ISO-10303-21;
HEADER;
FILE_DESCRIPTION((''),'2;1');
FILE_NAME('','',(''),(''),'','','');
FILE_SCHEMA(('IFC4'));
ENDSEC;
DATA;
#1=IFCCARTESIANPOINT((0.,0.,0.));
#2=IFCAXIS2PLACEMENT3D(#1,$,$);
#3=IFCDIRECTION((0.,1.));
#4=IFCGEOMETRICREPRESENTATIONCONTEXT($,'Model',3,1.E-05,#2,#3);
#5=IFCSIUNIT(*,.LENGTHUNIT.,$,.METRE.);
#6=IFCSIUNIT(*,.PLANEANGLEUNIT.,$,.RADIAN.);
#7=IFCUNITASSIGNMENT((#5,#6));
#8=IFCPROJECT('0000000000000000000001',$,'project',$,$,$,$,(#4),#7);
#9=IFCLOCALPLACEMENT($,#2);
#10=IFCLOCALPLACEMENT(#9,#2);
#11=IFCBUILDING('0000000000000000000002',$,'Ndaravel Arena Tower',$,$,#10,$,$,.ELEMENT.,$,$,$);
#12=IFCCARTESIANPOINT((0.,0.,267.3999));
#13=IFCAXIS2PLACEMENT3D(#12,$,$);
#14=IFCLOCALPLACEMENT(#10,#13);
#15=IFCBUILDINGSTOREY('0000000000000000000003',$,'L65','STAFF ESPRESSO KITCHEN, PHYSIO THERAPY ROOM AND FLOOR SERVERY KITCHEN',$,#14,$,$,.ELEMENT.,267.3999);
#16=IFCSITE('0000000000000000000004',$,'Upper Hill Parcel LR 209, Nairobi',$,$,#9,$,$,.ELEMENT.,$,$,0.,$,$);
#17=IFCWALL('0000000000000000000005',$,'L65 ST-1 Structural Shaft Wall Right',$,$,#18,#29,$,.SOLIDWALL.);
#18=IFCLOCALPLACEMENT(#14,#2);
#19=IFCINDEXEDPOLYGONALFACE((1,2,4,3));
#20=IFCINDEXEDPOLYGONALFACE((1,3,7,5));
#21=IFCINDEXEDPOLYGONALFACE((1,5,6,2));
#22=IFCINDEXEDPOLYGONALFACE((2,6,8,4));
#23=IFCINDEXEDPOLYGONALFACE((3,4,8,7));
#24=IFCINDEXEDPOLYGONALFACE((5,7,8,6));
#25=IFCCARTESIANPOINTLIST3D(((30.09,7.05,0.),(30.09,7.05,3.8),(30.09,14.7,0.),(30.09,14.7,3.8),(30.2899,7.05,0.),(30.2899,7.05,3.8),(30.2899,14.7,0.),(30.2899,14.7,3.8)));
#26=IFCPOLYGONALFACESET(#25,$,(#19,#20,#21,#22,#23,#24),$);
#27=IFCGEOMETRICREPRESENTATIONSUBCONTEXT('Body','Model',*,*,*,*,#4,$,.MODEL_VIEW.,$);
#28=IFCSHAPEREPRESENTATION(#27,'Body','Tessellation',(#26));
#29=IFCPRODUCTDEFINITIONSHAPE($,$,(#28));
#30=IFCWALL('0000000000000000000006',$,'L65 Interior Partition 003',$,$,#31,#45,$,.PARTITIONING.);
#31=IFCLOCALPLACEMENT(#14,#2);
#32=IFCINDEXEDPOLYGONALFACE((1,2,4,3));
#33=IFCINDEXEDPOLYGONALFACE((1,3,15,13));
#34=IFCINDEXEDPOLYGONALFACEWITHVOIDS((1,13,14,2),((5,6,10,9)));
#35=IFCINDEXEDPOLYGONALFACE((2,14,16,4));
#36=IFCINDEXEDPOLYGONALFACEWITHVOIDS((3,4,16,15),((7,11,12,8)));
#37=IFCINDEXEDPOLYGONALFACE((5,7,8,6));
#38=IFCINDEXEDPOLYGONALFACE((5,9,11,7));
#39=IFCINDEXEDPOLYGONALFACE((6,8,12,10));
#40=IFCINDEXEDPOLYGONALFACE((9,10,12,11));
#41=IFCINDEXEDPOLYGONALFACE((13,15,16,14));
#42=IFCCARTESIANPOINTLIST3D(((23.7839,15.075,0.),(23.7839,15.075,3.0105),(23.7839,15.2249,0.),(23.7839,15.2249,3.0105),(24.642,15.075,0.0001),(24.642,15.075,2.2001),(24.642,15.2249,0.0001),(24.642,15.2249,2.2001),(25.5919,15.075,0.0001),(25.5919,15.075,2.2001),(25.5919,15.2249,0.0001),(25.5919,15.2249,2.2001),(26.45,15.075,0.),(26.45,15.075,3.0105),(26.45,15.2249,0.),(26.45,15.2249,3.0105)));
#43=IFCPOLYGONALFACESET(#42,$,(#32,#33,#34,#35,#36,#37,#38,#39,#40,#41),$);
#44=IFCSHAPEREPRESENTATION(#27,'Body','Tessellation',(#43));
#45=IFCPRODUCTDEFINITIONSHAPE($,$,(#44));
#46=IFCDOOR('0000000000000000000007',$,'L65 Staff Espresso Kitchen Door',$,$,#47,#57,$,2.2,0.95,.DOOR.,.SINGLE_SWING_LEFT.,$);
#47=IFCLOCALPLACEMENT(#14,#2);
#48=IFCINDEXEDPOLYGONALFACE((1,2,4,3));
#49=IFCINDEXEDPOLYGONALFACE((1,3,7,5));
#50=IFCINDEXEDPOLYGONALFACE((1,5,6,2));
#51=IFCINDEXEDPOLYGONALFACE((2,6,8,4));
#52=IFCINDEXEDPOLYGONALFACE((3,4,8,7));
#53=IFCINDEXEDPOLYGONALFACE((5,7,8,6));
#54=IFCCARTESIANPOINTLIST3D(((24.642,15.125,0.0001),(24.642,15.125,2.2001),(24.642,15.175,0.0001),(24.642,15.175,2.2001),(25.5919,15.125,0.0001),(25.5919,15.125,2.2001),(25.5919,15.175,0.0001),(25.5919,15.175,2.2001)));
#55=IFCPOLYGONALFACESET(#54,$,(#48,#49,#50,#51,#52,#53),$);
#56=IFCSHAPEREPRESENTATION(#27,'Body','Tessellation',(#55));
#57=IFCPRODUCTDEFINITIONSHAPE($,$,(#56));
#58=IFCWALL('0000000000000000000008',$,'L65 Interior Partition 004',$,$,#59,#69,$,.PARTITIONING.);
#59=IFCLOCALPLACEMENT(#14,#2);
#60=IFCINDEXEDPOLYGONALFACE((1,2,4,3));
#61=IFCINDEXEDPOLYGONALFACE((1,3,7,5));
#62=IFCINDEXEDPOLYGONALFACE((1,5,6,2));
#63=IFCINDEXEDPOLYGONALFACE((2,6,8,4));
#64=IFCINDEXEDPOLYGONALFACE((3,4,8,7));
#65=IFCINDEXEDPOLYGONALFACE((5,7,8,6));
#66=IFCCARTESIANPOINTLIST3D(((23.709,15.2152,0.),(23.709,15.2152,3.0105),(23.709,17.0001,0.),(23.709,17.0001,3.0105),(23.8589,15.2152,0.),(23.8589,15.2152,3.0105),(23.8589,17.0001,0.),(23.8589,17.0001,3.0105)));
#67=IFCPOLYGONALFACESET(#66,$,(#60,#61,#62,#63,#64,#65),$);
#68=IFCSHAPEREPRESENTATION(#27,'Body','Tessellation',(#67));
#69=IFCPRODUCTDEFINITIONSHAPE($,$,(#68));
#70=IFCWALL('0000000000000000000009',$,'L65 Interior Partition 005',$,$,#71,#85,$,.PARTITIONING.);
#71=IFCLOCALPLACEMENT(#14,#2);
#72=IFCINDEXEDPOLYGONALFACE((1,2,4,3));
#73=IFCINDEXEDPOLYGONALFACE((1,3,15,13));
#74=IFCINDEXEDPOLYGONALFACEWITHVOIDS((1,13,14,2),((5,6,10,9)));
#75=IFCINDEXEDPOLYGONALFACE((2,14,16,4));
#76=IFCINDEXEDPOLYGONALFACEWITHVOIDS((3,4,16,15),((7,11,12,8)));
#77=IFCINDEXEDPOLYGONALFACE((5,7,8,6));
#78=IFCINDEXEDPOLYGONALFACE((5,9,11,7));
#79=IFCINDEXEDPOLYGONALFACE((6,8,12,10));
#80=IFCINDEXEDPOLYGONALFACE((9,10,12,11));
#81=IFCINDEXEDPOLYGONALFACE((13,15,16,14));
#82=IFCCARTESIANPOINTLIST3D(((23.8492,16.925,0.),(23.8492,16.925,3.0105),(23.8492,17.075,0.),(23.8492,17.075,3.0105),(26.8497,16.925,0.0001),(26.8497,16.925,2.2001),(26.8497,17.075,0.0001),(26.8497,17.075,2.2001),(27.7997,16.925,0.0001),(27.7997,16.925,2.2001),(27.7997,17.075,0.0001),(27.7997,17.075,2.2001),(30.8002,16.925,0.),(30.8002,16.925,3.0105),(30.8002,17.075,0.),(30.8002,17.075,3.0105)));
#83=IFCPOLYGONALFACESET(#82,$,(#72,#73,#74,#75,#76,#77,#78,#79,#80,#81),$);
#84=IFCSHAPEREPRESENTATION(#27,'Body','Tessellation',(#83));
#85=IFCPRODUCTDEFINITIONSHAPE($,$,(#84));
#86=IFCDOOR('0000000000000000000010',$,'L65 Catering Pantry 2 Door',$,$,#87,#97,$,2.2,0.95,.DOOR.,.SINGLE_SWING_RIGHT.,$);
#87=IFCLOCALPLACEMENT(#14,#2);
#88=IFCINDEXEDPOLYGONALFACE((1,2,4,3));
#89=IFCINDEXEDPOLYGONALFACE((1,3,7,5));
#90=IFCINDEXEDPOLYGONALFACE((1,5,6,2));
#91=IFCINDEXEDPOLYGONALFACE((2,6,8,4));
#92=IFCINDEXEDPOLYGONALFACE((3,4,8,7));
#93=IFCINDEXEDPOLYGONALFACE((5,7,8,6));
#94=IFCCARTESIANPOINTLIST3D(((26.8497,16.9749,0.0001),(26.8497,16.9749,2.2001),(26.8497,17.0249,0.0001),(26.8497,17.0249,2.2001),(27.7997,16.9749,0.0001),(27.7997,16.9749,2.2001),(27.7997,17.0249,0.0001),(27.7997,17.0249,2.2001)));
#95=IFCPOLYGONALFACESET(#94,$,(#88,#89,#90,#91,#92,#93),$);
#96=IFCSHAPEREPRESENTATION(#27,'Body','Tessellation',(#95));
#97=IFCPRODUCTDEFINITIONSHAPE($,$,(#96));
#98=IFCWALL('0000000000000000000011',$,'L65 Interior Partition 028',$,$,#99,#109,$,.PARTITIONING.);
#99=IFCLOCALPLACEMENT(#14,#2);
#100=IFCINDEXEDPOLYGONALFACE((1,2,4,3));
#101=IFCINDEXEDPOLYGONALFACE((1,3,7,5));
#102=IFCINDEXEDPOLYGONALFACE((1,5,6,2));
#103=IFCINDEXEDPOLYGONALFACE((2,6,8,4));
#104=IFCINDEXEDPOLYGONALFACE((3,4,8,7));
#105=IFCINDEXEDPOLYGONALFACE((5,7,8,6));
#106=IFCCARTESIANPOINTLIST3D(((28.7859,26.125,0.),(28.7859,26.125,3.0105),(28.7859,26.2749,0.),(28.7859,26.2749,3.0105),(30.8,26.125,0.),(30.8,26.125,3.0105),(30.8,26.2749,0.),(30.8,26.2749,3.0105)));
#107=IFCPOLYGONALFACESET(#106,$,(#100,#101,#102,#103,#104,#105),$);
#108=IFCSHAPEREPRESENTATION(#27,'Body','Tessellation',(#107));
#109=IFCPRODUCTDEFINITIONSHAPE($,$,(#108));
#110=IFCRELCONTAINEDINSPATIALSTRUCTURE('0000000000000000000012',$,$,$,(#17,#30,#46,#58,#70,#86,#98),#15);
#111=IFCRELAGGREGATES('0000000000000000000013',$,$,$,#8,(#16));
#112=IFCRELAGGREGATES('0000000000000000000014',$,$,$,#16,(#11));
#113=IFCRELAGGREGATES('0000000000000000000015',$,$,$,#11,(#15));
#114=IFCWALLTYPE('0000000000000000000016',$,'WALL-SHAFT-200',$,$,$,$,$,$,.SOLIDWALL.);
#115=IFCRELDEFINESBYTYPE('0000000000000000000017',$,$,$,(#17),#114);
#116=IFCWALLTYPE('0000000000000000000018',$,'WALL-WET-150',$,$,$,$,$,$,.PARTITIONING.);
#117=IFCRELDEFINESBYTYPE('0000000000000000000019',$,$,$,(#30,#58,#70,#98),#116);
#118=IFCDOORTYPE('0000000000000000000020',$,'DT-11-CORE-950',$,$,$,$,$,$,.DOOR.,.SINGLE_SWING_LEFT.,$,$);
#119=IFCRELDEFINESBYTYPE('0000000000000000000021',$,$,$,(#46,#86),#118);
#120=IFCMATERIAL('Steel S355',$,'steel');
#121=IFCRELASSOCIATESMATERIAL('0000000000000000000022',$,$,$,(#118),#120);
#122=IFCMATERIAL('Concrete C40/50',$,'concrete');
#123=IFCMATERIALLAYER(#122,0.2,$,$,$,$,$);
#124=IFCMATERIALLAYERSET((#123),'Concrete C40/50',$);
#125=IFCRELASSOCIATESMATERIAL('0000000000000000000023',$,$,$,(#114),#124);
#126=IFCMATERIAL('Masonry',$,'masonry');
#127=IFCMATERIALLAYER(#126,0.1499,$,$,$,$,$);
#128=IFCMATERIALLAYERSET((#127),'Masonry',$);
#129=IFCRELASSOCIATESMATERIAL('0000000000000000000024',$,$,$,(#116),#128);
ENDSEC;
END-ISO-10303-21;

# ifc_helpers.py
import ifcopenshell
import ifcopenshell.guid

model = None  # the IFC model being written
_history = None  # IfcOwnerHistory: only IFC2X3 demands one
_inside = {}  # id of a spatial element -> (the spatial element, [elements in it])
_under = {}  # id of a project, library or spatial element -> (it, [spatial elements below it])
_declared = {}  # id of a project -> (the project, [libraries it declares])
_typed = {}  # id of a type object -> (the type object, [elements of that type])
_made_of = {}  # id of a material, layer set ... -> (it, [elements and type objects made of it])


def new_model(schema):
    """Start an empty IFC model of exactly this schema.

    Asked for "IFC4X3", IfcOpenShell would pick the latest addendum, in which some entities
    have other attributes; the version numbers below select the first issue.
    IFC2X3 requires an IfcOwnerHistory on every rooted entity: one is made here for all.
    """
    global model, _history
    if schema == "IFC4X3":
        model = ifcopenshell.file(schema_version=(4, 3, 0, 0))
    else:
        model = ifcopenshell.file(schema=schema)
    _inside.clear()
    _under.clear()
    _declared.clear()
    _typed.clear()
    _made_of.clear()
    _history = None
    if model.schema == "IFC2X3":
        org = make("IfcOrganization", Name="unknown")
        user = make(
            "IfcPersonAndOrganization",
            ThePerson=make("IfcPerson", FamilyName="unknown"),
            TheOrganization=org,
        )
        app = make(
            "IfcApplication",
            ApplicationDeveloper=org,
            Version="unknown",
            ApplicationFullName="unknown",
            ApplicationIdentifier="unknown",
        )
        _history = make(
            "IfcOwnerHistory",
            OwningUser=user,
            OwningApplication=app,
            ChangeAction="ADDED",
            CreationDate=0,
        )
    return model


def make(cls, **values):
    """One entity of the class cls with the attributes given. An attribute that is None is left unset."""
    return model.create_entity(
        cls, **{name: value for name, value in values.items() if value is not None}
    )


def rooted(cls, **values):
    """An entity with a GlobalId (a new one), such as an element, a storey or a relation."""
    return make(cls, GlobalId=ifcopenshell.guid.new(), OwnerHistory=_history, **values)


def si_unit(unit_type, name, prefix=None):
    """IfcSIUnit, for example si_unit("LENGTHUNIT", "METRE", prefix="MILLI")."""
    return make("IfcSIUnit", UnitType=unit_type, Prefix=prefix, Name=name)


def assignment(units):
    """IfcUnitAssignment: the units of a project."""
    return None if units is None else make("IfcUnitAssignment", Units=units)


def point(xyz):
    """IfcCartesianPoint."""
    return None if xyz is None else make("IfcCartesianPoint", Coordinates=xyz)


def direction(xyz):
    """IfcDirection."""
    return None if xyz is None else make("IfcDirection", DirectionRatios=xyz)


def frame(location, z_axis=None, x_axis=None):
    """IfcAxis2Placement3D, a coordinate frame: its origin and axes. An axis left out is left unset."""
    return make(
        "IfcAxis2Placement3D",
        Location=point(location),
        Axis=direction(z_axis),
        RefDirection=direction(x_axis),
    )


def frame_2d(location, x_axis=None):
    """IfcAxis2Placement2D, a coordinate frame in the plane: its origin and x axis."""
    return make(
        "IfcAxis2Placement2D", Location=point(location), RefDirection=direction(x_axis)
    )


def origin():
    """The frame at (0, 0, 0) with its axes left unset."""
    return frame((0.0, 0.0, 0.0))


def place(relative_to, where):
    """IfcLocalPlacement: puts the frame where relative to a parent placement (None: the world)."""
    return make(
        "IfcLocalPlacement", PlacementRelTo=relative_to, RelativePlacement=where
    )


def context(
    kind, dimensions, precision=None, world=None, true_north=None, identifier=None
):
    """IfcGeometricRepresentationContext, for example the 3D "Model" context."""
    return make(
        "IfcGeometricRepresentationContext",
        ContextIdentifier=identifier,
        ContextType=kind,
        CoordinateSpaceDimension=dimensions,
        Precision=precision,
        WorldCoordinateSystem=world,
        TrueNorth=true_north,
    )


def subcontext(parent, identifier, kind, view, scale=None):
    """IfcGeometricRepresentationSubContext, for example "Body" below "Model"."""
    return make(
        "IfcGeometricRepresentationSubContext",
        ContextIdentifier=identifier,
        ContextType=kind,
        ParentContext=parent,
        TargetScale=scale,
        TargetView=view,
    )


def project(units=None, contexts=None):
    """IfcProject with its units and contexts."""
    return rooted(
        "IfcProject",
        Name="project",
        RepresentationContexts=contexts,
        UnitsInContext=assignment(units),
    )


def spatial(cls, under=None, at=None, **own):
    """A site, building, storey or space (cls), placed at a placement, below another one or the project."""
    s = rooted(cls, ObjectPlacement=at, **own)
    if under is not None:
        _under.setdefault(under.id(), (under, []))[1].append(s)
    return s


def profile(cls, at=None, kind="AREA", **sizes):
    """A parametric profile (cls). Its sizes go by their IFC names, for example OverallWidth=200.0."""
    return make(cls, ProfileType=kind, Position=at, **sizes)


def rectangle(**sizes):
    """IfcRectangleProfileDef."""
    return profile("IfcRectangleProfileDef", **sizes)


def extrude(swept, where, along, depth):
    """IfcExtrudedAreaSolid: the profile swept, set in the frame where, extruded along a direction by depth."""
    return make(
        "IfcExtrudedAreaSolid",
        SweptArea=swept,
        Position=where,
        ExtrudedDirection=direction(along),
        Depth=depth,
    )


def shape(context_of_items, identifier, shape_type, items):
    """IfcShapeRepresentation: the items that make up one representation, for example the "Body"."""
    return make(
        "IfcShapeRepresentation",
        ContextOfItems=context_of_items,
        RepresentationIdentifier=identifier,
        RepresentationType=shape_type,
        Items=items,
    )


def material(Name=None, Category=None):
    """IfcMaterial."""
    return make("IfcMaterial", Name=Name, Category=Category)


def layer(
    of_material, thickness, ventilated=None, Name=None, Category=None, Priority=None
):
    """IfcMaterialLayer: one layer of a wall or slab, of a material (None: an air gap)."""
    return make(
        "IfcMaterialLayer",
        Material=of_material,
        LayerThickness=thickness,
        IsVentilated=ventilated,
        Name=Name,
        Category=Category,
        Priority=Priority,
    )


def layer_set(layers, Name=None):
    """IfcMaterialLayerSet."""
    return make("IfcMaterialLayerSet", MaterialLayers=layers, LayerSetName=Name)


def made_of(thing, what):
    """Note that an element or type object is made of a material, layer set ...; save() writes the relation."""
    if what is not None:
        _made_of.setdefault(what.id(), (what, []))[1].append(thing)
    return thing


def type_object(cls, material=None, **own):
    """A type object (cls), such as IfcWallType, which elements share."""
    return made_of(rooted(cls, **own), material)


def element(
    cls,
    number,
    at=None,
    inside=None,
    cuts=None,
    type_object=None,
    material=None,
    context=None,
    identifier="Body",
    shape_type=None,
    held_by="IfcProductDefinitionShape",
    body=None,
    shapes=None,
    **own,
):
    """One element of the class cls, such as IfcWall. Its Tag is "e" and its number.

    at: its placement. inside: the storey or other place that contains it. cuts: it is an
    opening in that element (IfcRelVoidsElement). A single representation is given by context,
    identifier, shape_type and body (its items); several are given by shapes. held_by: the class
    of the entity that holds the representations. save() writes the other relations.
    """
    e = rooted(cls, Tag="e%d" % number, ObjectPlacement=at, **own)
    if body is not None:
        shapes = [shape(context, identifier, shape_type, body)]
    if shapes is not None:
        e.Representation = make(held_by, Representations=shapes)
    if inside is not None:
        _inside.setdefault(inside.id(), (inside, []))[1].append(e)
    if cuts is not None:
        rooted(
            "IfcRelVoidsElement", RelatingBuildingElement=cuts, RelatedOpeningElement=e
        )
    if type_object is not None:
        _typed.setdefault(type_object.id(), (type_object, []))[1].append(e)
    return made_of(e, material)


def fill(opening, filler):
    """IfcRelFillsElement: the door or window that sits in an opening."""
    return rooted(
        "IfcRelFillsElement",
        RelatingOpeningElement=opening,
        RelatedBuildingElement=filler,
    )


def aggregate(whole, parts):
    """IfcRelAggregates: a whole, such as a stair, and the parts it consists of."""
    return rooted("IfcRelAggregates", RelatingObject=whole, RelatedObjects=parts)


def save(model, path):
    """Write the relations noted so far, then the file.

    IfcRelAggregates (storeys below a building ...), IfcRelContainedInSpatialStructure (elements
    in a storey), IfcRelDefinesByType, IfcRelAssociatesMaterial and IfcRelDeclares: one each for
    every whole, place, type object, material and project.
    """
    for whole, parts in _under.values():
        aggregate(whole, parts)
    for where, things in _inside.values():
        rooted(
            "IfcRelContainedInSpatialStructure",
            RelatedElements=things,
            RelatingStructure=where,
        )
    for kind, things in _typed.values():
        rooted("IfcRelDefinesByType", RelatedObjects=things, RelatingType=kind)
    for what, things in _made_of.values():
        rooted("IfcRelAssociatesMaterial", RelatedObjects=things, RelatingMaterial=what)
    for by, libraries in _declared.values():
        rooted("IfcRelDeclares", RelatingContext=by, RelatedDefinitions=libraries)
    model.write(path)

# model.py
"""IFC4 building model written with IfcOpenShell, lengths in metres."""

from ifc_helpers import new_model, si_unit, direction, frame, frame_2d, origin, place, context, subcontext, project, spatial, rectangle, extrude, material, layer, layer_set, type_object, element, fill, save


model = new_model("IFC4")

# Units and contexts
model_context = context("Model", 3, precision=1e-05, world=origin(), true_north=direction((0.0, 1.0)))
body_context = subcontext(model_context, "Body", "Model", "MODEL_VIEW")
ifc_project = project(units=[si_unit("LENGTHUNIT", "METRE"), si_unit("PLANEANGLEUNIT", "RADIAN")], contexts=[model_context])

# Site, building, storey
site_placement = place(None, origin())
site = spatial("IfcSite", under=ifc_project, at=site_placement, Name="Upper Hill Parcel LR 209, Nairobi", CompositionType="ELEMENT", RefElevation=0.0)
building_placement = place(site_placement, origin())
building = spatial("IfcBuilding", under=site, at=building_placement, Name="Ndaravel Arena Tower", CompositionType="ELEMENT")
storey_placement = place(building_placement, frame((0.0, 0.0, 267.3999)))
storey = spatial("IfcBuildingStorey", under=building, at=storey_placement, Name="L65", Description="STAFF ESPRESSO KITCHEN, PHYSIO THERAPY ROOM AND FLOOR SERVERY KITCHEN", CompositionType="ELEMENT", Elevation=267.3999)

# Shared definitions
ifc_material_1 = material(Name="Steel S355", Category="steel")
door_type_1 = type_object("IfcDoorType", Name="DT-11-CORE-950", OperationType="SINGLE_SWING_LEFT", PredefinedType="DOOR", material=ifc_material_1)

# Wall
ifc_material_2 = material(Name="Concrete C40/50", Category="concrete")
ifc_layer_1 = layer(ifc_material_2, 0.2)
ifc_layer_set_1 = layer_set([ifc_layer_1], Name="Concrete C40/50")
wall_type_1 = type_object("IfcWallType", Name="WALL-SHAFT-200", PredefinedType="SOLIDWALL", material=ifc_layer_set_1)
wall_1_placement = place(storey_placement, frame((30.1899, 14.7, 0.0), z_axis=(0.0, 0.0, 1.0), x_axis=(0.0, -1.0, 0.0)))
element("IfcWall", 1, at=wall_1_placement, inside=storey, type_object=wall_type_1, Name="L65 ST-1 Structural Shaft Wall Right", PredefinedType="SOLIDWALL", context=body_context, shape_type="SweptSolid", body=[
    extrude(rectangle(XDim=7.6499, YDim=0.2, at=frame_2d((3.825, 0.0))), origin(), (0.0, 0.0, 1.0), 3.8),
])

# Wall, opening, door
ifc_material_3 = material(Name="Masonry", Category="masonry")
ifc_layer_2 = layer(ifc_material_3, 0.1499)
ifc_layer_set_2 = layer_set([ifc_layer_2], Name="Masonry")
wall_type_2 = type_object("IfcWallType", Name="WALL-WET-150", PredefinedType="PARTITIONING", material=ifc_layer_set_2)
wall_2_placement = place(storey_placement, frame((26.45, 15.1499, 0.0), z_axis=(0.0, 0.0, 1.0), x_axis=(-1.0, 0.0, 0.0)))
wall_2 = element("IfcWall", 2, at=wall_2_placement, inside=storey, type_object=wall_type_2, Name="L65 Interior Partition 003", PredefinedType="PARTITIONING", context=body_context, shape_type="SweptSolid", body=[
    extrude(rectangle(XDim=2.666, YDim=0.1499, at=frame_2d((1.333, 0.0))), origin(), (0.0, 0.0, 1.0), 3.0105),
])
opening_1_placement = place(wall_2_placement, frame((0.8579, 0.0, 0.0)))
opening_1 = element("IfcOpeningElement", 3, at=opening_1_placement, cuts=wall_2, PredefinedType="OPENING", context=body_context, shape_type="SweptSolid", body=[
    extrude(rectangle(XDim=0.95, YDim=2.2, at=frame_2d((0.4751, 1.1001))), frame((0.0, 0.075, 0.0), z_axis=(0.0, -1.0, 0.0), x_axis=(1.0, 0.0, 0.0)), (0.0, 0.0, 1.0), 0.1499),
])
door_1_placement = place(opening_1_placement, origin())
door_1 = element("IfcDoor", 4, at=door_1_placement, inside=storey, type_object=door_type_1, Name="L65 Staff Espresso Kitchen Door", OperationType="SINGLE_SWING_LEFT", OverallHeight=2.2, OverallWidth=0.95, PredefinedType="DOOR", context=body_context, shape_type="SweptSolid", body=[
    extrude(rectangle(XDim=0.95, YDim=2.2, at=frame_2d((0.4751, 1.1001))), frame((0.0, 0.0249, 0.0), z_axis=(0.0, -1.0, 0.0), x_axis=(1.0, 0.0, 0.0)), (0.0, 0.0, 1.0), 0.05),
])
fill(opening_1, door_1)

# Wall
wall_3_placement = place(storey_placement, frame((23.7839, 15.2151, 0.0), z_axis=(0.0, 0.0, 1.0), x_axis=(0.0, 1.0, 0.0)))
element("IfcWall", 5, at=wall_3_placement, inside=storey, type_object=wall_type_2, Name="L65 Interior Partition 004", PredefinedType="PARTITIONING", context=body_context, shape_type="SweptSolid", body=[
    extrude(rectangle(XDim=1.7849, YDim=0.1499, at=frame_2d((0.8926, 0.0))), origin(), (0.0, 0.0, 1.0), 3.0105),
])

# Wall, opening, door
wall_4_placement = place(storey_placement, frame((23.8491, 17.0, 0.0), z_axis=(0.0, 0.0, 1.0), x_axis=(1.0, 0.0, 0.0)))
wall_4 = element("IfcWall", 6, at=wall_4_placement, inside=storey, type_object=wall_type_2, Name="L65 Interior Partition 005", PredefinedType="PARTITIONING", context=body_context, shape_type="SweptSolid", body=[
    extrude(rectangle(XDim=6.9509, YDim=0.1499, at=frame_2d((3.4756, 0.0))), origin(), (0.0, 0.0, 1.0), 3.0105),
])
opening_2_placement = place(wall_4_placement, frame((3.0005, 0.0, 0.0)))
opening_2 = element("IfcOpeningElement", 7, at=opening_2_placement, cuts=wall_4, PredefinedType="OPENING", context=body_context, shape_type="SweptSolid", body=[
    extrude(rectangle(XDim=0.95, YDim=2.2, at=frame_2d((0.4751, 1.1001))), frame((0.0, 0.075, 0.0), z_axis=(0.0, -1.0, 0.0), x_axis=(1.0, 0.0, 0.0)), (0.0, 0.0, 1.0), 0.1499),
])
door_2_placement = place(opening_2_placement, origin())
door_2 = element("IfcDoor", 8, at=door_2_placement, inside=storey, type_object=door_type_1, Name="L65 Catering Pantry 2 Door", OperationType="SINGLE_SWING_RIGHT", OverallHeight=2.2, OverallWidth=0.95, PredefinedType="DOOR", context=body_context, shape_type="SweptSolid", body=[
    extrude(rectangle(XDim=0.95, YDim=2.2, at=frame_2d((0.4751, 1.1001))), frame((0.0, 0.0249, 0.0), z_axis=(0.0, -1.0, 0.0), x_axis=(1.0, 0.0, 0.0)), (0.0, 0.0, 1.0), 0.05),
])
fill(opening_2, door_2)

# Wall
wall_5_placement = place(storey_placement, frame((28.7859, 26.2, 0.0), z_axis=(0.0, 0.0, 1.0), x_axis=(1.0, 0.0, 0.0)))
element("IfcWall", 9, at=wall_5_placement, inside=storey, type_object=wall_type_2, Name="L65 Interior Partition 028", PredefinedType="PARTITIONING", context=body_context, shape_type="SweptSolid", body=[
    extrude(rectangle(XDim=2.0142, YDim=0.1499, at=frame_2d((1.0071, 0.0))), origin(), (0.0, 0.0, 1.0), 3.0105),
])

save(model, "model.ifc")
